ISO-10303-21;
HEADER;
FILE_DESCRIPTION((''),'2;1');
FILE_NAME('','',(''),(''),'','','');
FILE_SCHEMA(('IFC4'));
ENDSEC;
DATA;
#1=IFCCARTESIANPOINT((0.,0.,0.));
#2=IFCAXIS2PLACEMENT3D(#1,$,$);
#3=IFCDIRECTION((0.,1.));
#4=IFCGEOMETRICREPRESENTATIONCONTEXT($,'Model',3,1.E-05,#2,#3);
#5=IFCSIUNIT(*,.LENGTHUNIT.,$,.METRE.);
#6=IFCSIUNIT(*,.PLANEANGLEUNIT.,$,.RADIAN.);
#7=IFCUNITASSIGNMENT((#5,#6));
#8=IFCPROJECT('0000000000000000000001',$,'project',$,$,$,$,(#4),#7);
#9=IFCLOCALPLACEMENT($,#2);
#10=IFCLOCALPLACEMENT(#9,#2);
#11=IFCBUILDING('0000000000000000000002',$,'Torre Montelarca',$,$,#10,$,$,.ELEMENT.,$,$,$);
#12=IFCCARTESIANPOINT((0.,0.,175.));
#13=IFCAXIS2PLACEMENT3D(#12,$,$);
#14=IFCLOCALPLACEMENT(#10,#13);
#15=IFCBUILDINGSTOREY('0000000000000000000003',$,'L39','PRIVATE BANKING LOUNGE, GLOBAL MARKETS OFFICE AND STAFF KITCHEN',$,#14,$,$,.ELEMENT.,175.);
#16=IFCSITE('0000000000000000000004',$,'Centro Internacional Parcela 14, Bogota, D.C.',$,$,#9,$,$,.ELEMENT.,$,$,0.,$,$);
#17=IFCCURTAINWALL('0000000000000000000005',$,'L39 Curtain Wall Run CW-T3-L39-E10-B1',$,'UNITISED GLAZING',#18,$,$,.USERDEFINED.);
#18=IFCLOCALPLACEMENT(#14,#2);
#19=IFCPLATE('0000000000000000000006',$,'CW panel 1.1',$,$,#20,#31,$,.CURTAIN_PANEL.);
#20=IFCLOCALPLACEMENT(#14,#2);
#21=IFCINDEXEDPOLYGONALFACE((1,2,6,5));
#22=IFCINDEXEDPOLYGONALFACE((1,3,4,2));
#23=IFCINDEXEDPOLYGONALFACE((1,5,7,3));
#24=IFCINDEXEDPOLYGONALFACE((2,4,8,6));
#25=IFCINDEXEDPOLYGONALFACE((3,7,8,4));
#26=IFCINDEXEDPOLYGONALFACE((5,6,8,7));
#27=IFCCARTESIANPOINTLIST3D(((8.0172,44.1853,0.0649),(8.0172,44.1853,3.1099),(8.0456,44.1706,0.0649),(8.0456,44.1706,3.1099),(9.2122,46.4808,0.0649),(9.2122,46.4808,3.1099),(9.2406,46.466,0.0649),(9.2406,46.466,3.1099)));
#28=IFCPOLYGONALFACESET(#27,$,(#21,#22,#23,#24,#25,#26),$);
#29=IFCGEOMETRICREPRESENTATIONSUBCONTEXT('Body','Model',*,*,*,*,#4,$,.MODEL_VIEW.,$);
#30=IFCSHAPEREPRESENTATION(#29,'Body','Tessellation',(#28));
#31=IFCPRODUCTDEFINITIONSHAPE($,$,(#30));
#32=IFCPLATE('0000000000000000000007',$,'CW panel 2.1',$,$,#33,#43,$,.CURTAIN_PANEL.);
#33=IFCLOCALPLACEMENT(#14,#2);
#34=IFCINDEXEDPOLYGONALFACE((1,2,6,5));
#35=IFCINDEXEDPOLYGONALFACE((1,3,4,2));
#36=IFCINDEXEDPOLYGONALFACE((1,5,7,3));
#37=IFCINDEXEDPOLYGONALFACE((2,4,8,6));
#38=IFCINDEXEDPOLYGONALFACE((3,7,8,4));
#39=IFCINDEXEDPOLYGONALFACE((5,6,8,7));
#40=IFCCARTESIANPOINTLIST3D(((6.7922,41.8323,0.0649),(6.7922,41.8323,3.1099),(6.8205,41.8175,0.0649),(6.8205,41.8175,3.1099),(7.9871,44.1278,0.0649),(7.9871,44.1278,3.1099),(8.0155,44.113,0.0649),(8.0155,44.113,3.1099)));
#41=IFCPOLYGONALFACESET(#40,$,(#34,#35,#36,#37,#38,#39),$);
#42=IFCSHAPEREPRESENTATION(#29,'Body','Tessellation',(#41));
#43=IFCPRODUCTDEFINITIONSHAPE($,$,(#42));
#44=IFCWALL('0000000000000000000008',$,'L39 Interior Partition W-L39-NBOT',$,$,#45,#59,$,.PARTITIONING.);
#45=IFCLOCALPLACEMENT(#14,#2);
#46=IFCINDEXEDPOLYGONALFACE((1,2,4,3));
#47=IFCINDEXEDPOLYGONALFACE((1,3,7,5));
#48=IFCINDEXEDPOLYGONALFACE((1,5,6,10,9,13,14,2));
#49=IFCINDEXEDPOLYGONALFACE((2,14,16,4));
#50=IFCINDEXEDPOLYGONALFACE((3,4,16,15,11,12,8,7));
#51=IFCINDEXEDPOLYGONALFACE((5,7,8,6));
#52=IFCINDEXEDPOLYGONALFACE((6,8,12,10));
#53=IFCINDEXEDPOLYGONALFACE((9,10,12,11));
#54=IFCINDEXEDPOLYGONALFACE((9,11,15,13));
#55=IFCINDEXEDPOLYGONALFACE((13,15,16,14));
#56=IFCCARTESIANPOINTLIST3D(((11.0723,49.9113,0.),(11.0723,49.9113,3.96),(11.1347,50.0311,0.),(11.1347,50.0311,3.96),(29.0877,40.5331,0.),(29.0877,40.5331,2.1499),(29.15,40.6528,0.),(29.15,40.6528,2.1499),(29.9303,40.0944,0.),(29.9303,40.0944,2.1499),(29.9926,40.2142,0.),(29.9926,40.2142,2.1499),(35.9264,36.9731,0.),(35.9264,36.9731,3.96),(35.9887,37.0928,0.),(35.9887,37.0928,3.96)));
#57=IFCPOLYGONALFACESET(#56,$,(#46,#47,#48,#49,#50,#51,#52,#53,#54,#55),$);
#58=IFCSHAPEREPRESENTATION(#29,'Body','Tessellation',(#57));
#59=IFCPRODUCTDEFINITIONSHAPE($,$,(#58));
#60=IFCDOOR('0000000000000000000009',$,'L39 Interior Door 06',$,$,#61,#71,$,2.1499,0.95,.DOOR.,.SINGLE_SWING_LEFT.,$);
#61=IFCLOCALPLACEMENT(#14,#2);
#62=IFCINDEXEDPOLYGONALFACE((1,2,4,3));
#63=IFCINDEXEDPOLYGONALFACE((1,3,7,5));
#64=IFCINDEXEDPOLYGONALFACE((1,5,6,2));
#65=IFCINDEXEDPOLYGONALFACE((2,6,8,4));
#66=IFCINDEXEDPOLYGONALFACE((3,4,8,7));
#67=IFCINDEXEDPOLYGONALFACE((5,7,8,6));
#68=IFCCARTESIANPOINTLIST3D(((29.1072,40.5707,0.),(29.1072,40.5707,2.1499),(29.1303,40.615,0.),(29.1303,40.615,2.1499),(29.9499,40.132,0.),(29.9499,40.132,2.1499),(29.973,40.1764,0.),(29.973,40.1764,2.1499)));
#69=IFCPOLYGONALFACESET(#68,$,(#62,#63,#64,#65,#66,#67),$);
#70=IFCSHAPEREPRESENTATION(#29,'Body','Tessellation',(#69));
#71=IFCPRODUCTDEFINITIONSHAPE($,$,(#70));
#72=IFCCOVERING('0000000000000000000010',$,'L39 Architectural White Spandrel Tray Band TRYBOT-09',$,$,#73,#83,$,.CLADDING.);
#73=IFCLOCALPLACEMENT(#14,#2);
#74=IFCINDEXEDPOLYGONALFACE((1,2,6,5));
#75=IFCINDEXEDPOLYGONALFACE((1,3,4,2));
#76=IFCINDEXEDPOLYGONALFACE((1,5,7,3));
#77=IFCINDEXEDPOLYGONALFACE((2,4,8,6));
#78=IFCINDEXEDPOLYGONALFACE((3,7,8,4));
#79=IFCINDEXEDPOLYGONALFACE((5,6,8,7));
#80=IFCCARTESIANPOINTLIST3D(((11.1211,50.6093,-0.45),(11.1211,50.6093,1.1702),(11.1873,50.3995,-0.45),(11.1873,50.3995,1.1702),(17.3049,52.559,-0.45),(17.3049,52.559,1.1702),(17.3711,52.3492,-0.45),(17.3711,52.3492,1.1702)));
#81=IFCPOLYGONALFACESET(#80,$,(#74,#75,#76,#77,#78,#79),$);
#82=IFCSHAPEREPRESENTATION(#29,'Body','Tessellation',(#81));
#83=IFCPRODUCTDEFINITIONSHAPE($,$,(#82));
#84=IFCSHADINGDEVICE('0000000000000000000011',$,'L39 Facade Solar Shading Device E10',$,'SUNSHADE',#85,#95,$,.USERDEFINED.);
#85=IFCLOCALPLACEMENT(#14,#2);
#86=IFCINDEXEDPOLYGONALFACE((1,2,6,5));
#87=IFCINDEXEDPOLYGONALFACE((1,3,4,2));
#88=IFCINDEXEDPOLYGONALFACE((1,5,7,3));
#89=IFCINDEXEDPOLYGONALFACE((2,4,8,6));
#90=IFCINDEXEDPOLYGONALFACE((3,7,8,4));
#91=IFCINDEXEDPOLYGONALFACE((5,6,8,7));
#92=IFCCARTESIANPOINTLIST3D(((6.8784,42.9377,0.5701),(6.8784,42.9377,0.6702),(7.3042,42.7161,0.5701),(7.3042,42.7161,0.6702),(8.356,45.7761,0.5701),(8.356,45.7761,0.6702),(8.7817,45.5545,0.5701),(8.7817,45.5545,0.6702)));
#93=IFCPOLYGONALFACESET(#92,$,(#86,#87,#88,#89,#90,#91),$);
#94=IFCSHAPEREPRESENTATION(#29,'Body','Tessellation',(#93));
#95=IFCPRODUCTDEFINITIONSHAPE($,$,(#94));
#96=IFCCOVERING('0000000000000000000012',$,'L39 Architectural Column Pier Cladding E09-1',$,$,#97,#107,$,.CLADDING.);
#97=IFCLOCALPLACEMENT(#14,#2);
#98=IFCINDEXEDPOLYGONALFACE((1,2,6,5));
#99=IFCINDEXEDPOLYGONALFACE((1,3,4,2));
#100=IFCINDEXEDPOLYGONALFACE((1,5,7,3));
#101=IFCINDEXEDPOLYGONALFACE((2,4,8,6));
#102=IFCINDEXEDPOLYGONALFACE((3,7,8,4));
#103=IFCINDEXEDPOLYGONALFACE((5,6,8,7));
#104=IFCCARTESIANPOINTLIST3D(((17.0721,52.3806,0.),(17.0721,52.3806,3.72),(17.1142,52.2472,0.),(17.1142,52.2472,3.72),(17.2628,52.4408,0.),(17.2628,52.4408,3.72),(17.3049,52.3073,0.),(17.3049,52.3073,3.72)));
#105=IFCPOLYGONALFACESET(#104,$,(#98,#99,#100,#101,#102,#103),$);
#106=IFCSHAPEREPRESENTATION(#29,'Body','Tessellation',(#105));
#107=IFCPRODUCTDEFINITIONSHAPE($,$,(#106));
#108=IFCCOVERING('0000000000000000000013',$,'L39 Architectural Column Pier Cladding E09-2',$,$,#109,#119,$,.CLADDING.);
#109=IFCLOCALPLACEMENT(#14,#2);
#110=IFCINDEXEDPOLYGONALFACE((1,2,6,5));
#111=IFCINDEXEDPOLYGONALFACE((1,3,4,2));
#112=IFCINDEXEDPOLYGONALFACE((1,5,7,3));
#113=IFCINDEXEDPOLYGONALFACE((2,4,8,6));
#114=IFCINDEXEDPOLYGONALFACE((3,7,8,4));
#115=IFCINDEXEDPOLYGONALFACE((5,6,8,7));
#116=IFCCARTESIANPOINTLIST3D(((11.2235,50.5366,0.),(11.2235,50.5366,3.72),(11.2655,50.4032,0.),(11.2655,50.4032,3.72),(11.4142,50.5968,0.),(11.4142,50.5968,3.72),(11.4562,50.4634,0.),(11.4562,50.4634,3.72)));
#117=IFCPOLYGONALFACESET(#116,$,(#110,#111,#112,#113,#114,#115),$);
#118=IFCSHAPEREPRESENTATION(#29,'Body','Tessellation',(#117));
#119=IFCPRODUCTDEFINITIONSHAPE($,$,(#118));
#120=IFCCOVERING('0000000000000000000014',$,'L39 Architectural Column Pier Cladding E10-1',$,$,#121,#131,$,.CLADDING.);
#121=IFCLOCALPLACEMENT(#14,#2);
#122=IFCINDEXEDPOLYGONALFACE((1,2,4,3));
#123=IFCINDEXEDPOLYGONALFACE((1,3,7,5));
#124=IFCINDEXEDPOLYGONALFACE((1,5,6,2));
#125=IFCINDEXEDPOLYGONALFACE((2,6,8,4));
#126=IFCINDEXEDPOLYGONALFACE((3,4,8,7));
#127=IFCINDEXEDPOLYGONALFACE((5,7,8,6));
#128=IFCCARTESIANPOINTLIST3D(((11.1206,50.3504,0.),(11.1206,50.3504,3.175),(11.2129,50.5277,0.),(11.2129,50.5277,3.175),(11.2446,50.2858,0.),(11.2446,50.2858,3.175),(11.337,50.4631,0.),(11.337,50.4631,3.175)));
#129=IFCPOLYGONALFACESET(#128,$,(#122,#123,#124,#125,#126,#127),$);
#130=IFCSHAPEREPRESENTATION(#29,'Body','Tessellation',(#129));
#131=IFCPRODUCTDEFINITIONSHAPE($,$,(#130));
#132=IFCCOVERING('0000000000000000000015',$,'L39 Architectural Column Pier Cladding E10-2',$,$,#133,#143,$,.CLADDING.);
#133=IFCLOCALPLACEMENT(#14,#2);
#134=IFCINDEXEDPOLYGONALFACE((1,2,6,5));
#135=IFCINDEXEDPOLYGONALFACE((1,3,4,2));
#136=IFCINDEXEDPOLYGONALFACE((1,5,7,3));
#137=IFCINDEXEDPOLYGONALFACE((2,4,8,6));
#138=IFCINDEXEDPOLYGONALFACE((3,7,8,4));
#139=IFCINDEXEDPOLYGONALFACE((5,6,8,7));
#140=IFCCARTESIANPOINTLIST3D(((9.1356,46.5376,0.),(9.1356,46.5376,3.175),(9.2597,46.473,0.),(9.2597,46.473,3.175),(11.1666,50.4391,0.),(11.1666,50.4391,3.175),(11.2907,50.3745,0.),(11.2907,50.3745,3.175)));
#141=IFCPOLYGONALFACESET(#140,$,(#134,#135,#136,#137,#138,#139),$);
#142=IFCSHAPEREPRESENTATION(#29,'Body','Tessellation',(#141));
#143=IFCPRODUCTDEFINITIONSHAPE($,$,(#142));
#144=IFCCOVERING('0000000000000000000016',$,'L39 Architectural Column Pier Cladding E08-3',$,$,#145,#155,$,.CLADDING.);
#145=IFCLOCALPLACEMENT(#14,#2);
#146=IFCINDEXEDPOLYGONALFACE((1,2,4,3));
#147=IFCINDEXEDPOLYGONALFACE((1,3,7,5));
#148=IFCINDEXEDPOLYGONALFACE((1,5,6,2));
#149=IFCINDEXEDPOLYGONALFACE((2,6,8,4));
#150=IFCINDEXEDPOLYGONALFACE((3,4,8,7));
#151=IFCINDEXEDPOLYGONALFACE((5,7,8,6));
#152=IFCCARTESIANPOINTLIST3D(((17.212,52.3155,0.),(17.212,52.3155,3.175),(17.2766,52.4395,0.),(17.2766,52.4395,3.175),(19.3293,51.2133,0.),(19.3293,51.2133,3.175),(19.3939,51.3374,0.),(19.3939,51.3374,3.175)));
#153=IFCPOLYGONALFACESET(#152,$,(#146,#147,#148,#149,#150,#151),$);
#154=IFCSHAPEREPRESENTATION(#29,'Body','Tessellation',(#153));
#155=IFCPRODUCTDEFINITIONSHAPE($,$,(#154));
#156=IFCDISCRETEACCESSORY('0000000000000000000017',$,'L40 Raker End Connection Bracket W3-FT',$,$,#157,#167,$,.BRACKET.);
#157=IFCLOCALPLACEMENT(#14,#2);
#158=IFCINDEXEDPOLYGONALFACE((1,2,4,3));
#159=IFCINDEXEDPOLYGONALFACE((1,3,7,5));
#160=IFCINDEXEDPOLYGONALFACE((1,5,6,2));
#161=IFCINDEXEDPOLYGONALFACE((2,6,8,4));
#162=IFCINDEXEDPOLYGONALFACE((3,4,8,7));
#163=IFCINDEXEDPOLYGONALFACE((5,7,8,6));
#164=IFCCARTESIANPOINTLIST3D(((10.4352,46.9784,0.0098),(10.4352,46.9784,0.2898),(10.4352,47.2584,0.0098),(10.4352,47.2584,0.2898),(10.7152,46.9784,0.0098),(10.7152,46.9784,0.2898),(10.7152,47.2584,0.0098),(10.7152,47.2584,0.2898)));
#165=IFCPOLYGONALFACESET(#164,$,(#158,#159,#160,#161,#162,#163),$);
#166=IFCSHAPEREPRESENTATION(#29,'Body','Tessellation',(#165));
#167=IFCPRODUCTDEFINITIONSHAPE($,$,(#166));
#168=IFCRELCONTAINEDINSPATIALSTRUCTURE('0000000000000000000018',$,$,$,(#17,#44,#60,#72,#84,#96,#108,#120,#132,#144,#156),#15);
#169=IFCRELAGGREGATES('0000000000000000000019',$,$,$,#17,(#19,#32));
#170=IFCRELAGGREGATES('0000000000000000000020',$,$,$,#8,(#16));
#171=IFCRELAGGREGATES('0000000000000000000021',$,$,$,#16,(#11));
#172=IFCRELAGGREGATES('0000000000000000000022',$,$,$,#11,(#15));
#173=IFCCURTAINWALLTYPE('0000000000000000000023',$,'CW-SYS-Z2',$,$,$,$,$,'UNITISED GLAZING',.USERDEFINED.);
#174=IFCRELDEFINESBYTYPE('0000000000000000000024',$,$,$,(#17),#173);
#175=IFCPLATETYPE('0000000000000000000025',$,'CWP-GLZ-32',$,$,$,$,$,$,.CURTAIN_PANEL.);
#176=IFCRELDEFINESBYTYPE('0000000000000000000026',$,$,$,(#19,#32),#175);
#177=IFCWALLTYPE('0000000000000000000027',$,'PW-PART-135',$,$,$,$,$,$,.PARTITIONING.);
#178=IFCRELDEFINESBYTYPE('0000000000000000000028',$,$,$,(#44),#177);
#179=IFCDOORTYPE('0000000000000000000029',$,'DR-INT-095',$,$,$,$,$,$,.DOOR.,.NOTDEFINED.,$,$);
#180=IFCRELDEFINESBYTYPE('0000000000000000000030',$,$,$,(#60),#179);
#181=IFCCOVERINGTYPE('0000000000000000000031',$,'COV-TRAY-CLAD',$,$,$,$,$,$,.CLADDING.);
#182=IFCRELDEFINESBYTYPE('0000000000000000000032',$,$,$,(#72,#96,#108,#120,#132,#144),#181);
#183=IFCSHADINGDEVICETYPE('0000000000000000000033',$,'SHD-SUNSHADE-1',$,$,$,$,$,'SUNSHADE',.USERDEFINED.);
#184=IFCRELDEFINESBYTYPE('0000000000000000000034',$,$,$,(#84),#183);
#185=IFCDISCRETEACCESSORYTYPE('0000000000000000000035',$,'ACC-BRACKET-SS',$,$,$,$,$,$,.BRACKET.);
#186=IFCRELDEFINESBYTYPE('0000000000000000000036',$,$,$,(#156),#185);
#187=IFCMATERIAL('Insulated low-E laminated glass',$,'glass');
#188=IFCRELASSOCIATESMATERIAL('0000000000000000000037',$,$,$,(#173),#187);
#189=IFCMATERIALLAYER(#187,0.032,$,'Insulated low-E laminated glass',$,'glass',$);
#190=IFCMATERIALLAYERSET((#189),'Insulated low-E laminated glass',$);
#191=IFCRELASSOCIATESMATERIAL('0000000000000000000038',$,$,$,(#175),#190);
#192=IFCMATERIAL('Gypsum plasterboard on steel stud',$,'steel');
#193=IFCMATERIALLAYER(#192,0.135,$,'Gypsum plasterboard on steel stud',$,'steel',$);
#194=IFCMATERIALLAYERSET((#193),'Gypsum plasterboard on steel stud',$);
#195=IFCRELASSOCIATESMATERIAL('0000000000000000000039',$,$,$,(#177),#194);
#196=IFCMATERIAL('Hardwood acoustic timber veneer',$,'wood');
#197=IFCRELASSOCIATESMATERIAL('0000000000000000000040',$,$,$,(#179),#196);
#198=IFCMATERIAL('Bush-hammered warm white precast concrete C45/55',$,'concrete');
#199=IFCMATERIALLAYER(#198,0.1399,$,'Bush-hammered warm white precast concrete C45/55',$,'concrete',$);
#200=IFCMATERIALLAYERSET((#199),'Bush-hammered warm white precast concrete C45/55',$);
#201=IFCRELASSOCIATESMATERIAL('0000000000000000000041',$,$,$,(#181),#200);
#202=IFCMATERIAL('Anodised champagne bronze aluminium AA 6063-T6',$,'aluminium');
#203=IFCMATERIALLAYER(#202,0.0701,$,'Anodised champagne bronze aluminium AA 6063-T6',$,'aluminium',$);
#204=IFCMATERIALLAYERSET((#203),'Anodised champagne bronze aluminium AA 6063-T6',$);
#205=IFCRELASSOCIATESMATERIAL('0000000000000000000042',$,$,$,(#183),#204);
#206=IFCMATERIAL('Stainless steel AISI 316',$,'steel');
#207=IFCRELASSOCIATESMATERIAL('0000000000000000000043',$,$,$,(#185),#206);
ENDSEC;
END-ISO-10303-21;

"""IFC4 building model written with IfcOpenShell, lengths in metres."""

from ifc_helpers import new_model, si_unit, direction, frame, frame_2d, origin, origin_2d, place, context, subcontext, project, spatial, rectangle, extrude, source, transform, mapped, material, layer, layer_set, type_object, element, fill, aggregate, save


model = new_model("IFC4")

# Units and contexts
model_context = context("Model", 3, precision=1e-05, world=origin(), true_north=direction((0.0, 1.0)))
body_context = subcontext(model_context, "Body", "Model", "MODEL_VIEW")
ifc_project = project(units=[si_unit("LENGTHUNIT", "METRE"), si_unit("PLANEANGLEUNIT", "RADIAN")], contexts=[model_context])

# Site, building, storey
site_placement = place(None, origin())
site = spatial("IfcSite", under=ifc_project, at=site_placement, Name="Centro Internacional Parcela 14, Bogota, D.C.", CompositionType="ELEMENT", RefElevation=0.0)
building_placement = place(site_placement, origin())
building = spatial("IfcBuilding", under=site, at=building_placement, Name="Torre Montelarca", CompositionType="ELEMENT")
storey_placement = place(building_placement, frame((0.0, 0.0, 175.0)))
storey = spatial("IfcBuildingStorey", under=building, at=storey_placement, Name="L39", Description="PRIVATE BANKING LOUNGE, GLOBAL MARKETS OFFICE AND STAFF KITCHEN", CompositionType="ELEMENT", Elevation=175.0)

# Curtain wall
ifc_material_1 = material(Name="Insulated low-E laminated glass", Category="glass")
curtain_wall_type = type_object("IfcCurtainWallType", Name="CW-SYS-Z2", ElementType="UNITISED GLAZING", PredefinedType="USERDEFINED", material=ifc_material_1)
curtain_wall_1_placement = place(storey_placement, origin())
curtain_wall_1 = element("IfcCurtainWall", 1, at=curtain_wall_1_placement, inside=storey, type_object=curtain_wall_type, Name="L39 Curtain Wall Run CW-T3-L39-E10-B1", ObjectType="UNITISED GLAZING", PredefinedType="USERDEFINED")

# Plates
ifc_layer_1 = layer(ifc_material_1, 0.032, Name="Insulated low-E laminated glass", Category="glass")
ifc_layer_set_1 = layer_set([ifc_layer_1], Name="Insulated low-E laminated glass")
plate_type_1 = type_object("IfcPlateType", Name="CWP-GLZ-32", PredefinedType="CURTAIN_PANEL", material=ifc_layer_set_1)
shared_shape_1 = source(origin(), body_context, "Body", "SweptSolid", [
    extrude(rectangle(XDim=2.5879, YDim=0.032, at=origin_2d()), origin(), (0.0, 0.0, 1.0), 3.0449),
])
plate_1_placement = place(storey_placement, frame((8.6289, 45.3257, 0.0649), z_axis=(0.0, 0.0, 1.0), x_axis=(-0.461744, -0.887013, 0.0)))
plate_1 = element("IfcPlate", 2, at=plate_1_placement, type_object=plate_type_1, Name="CW panel 1.1", PredefinedType="CURTAIN_PANEL", context=body_context, shape_type="MappedRepresentation", body=[
    mapped(shared_shape_1, transform((0.0, 0.0, 0.0), scale=1.0)),
])
plate_2_placement = place(storey_placement, frame((7.4038, 42.9727, 0.0649), z_axis=(0.0, 0.0, 1.0), x_axis=(-0.461744, -0.887013, 0.0)))
plate_2 = element("IfcPlate", 3, at=plate_2_placement, type_object=plate_type_1, Name="CW panel 2.1", PredefinedType="CURTAIN_PANEL", context=body_context, shape_type="MappedRepresentation", body=[
    mapped(shared_shape_1, transform((0.0, 0.0, 0.0), scale=1.0)),
])
aggregate(curtain_wall_1, [plate_1, plate_2])

# Wall, opening, door
ifc_material_2 = material(Name="Gypsum plasterboard on steel stud", Category="steel")
ifc_layer_2 = layer(ifc_material_2, 0.135, Name="Gypsum plasterboard on steel stud", Category="steel")
ifc_layer_set_2 = layer_set([ifc_layer_2], Name="Gypsum plasterboard on steel stud")
wall_type = type_object("IfcWallType", Name="PW-PART-135", PredefinedType="PARTITIONING", material=ifc_layer_set_2)
wall_placement = place(storey_placement, frame((11.1035, 49.9712, 0.0), z_axis=(0.0, 0.0, 1.0), x_axis=(0.88701, -0.46175, 0.0)))
wall = element("IfcWall", 4, at=wall_placement, inside=storey, type_object=wall_type, Name="L39 Interior Partition W-L39-NBOT", PredefinedType="PARTITIONING", context=body_context, shape_type="SweptSolid", body=[
    extrude(rectangle(XDim=28.02, YDim=0.135, at=frame_2d((14.01, 0.0))), origin(), (0.0, 0.0, 1.0), 3.96),
])
opening_placement = place(wall_placement, frame((20.3101, 0.0, 0.0)))
opening = element("IfcOpeningElement", 5, at=opening_placement, cuts=wall, PredefinedType="OPENING", context=body_context, shape_type="SweptSolid", body=[
    extrude(rectangle(XDim=0.95, YDim=2.1499, at=frame_2d((0.4751, 1.075))), frame((0.0, 0.0776, 0.0), z_axis=(0.0, -1.0, 0.0), x_axis=(1.0, 0.0, 0.0)), (0.0, 0.0, 1.0), 0.155),
])
ifc_material_3 = material(Name="Hardwood acoustic timber veneer", Category="wood")
door_type = type_object("IfcDoorType", Name="DR-INT-095", OperationType="NOTDEFINED", PredefinedType="DOOR", material=ifc_material_3)
shared_shape_2 = source(origin(), body_context, "Body", "SweptSolid", [
    extrude(rectangle(XDim=0.95, YDim=2.1499, at=frame_2d((0.4751, 1.075))), frame((0.0, 0.0249, 0.0), z_axis=(0.0, -1.0, 0.0), x_axis=(1.0, 0.0, 0.0)), (0.0, 0.0, 1.0), 0.05),
])
door_placement = place(opening_placement, origin())
door = element("IfcDoor", 6, at=door_placement, inside=storey, type_object=door_type, Name="L39 Interior Door 06", OperationType="SINGLE_SWING_LEFT", OverallHeight=2.1499, OverallWidth=0.95, PredefinedType="DOOR", context=body_context, shape_type="MappedRepresentation", body=[
    mapped(shared_shape_2, transform((0.0, 0.0, 0.0), scale=1.0)),
])
fill(opening, door)

# Covering
ifc_material_4 = material(Name="Bush-hammered warm white precast concrete C45/55", Category="concrete")
ifc_layer_3 = layer(ifc_material_4, 0.1399, Name="Bush-hammered warm white precast concrete C45/55", Category="concrete")
ifc_layer_set_3 = layer_set([ifc_layer_3], Name="Bush-hammered warm white precast concrete C45/55")
covering_type = type_object("IfcCoveringType", Name="COV-TRAY-CLAD", PredefinedType="CLADDING", material=ifc_layer_set_3)
shared_shape_3 = source(origin(), body_context, "Body", "SweptSolid", [
    extrude(rectangle(XDim=6.4839, YDim=0.22, at=origin_2d()), origin(), (0.0, 0.0, 1.0), 1.6201),
])
covering_1_placement = place(storey_placement, frame((14.2461, 51.4792, -0.45), z_axis=(0.0, 0.0, 1.0), x_axis=(-0.953716, -0.300709, 0.0)))
element("IfcCovering", 7, at=covering_1_placement, inside=storey, type_object=covering_type, Name="L39 Architectural White Spandrel Tray Band TRYBOT-09", PredefinedType="CLADDING", context=body_context, shape_type="MappedRepresentation", body=[
    mapped(shared_shape_3, transform((0.0, 0.0, 0.0), scale=1.0)),
])

# Shading device
ifc_material_5 = material(Name="Anodised champagne bronze aluminium AA 6063-T6", Category="aluminium")
ifc_layer_4 = layer(ifc_material_5, 0.0701, Name="Anodised champagne bronze aluminium AA 6063-T6", Category="aluminium")
ifc_layer_set_4 = layer_set([ifc_layer_4], Name="Anodised champagne bronze aluminium AA 6063-T6")
shading_device_type = type_object("IfcShadingDeviceType", Name="SHD-SUNSHADE-1", ElementType="SUNSHADE", PredefinedType="USERDEFINED", material=ifc_layer_set_4)
shared_shape_4 = source(origin(), body_context, "Body", "SweptSolid", [
    extrude(rectangle(XDim=3.2, YDim=0.48, at=origin_2d()), origin(), (0.0, 0.0, 1.0), 0.1001),
])
shading_device_placement = place(storey_placement, frame((7.8301, 44.2461, 0.5701), z_axis=(0.0, 0.0, 1.0), x_axis=(-0.461747, -0.887012, 0.0)))
element("IfcShadingDevice", 8, at=shading_device_placement, inside=storey, type_object=shading_device_type, Name="L39 Facade Solar Shading Device E10", ObjectType="SUNSHADE", PredefinedType="USERDEFINED", context=body_context, shape_type="MappedRepresentation", body=[
    mapped(shared_shape_4, transform((0.0, 0.0, 0.0), scale=1.0)),
])

# Coverings
shared_shape_5 = source(origin(), body_context, "Body", "SweptSolid", [
    extrude(rectangle(XDim=0.2, YDim=0.1399, at=origin_2d()), origin(), (0.0, 0.0, 1.0), 3.72),
])
for number, where, z_axis, x_axis, name in (
    (9, (17.1885, 52.344, 0.0), (0.0, 0.0, 1.0), (-0.953717, -0.300706, 0.0), "L39 Architectural Column Pier Cladding E09-1"),
    (10, (11.3398, 50.5, 0.0), (0.0, 0.0, 1.0), (-0.953717, -0.300706, 0.0), "L39 Architectural Column Pier Cladding E09-2"),
):
    element("IfcCovering", number, at=place(storey_placement, frame(where, z_axis=z_axis, x_axis=x_axis)), inside=storey, type_object=covering_type, Name=name, PredefinedType="CLADDING", context=body_context, shape_type="MappedRepresentation", body=[
        mapped(shared_shape_5, transform((0.0, 0.0, 0.0), scale=1.0)),
    ])
shared_shape_6 = source(origin(), body_context, "Body", "SweptSolid", [
    extrude(rectangle(XDim=0.2, YDim=0.1399, at=origin_2d()), origin(), (0.0, 0.0, 1.0), 3.175),
])
covering_2_placement = place(storey_placement, frame((11.2288, 50.4067, 0.0), z_axis=(0.0, 0.0, 1.0), x_axis=(-0.461746, -0.887012, 0.0)))
element("IfcCovering", 11, at=covering_2_placement, inside=storey, type_object=covering_type, Name="L39 Architectural Column Pier Cladding E10-1", PredefinedType="CLADDING", context=body_context, shape_type="MappedRepresentation", body=[
    mapped(shared_shape_6, transform((0.0, 0.0, 0.0), scale=1.0)),
])
shared_shape_7 = source(origin(), body_context, "Body", "SweptSolid", [
    extrude(rectangle(XDim=4.3984, YDim=0.1399, at=origin_2d()), origin(), (0.0, 0.0, 1.0), 3.175),
])
covering_3_placement = place(storey_placement, frame((10.2131, 48.4561, 0.0), z_axis=(0.0, 0.0, 1.0), x_axis=(-0.461746, -0.887012, 0.0)))
element("IfcCovering", 12, at=covering_3_placement, inside=storey, type_object=covering_type, Name="L39 Architectural Column Pier Cladding E10-2", PredefinedType="CLADDING", context=body_context, shape_type="MappedRepresentation", body=[
    mapped(shared_shape_7, transform((0.0, 0.0, 0.0), scale=1.0)),
])
shared_shape_8 = source(origin(), body_context, "Body", "SweptSolid", [
    extrude(rectangle(XDim=2.387, YDim=0.1399, at=origin_2d()), origin(), (0.0, 0.0, 1.0), 3.175),
])
covering_4_placement = place(storey_placement, frame((18.303, 51.8264, 0.0), z_axis=(0.0, 0.0, 1.0), x_axis=(-0.887011, 0.461749, 0.0)))
element("IfcCovering", 13, at=covering_4_placement, inside=storey, type_object=covering_type, Name="L39 Architectural Column Pier Cladding E08-3", PredefinedType="CLADDING", context=body_context, shape_type="MappedRepresentation", body=[
    mapped(shared_shape_8, transform((0.0, 0.0, 0.0), scale=1.0)),
])

# Discrete accessory
ifc_material_6 = material(Name="Stainless steel AISI 316", Category="steel")
discrete_accessory_type = type_object("IfcDiscreteAccessoryType", Name="ACC-BRACKET-SS", PredefinedType="BRACKET", material=ifc_material_6)
shared_shape_9 = source(origin(), body_context, "Body", "SweptSolid", [
    extrude(rectangle(XDim=0.28, YDim=0.28, at=origin_2d()), origin(), (0.0, 0.0, 1.0), 0.28),
])
discrete_accessory_1_placement = place(storey_placement, frame((10.5752, 47.1184, 0.0098), z_axis=(0.0, 0.0, 1.0), x_axis=(1.0, 0.0, 0.0)))
element("IfcDiscreteAccessory", 14, at=discrete_accessory_1_placement, inside=storey, type_object=discrete_accessory_type, Name="L40 Raker End Connection Bracket W3-FT", PredefinedType="BRACKET", context=body_context, shape_type="MappedRepresentation", body=[
    mapped(shared_shape_9, transform((0.0, 0.0, 0.0), scale=1.0)),
])

save(model, "model.ifc")
